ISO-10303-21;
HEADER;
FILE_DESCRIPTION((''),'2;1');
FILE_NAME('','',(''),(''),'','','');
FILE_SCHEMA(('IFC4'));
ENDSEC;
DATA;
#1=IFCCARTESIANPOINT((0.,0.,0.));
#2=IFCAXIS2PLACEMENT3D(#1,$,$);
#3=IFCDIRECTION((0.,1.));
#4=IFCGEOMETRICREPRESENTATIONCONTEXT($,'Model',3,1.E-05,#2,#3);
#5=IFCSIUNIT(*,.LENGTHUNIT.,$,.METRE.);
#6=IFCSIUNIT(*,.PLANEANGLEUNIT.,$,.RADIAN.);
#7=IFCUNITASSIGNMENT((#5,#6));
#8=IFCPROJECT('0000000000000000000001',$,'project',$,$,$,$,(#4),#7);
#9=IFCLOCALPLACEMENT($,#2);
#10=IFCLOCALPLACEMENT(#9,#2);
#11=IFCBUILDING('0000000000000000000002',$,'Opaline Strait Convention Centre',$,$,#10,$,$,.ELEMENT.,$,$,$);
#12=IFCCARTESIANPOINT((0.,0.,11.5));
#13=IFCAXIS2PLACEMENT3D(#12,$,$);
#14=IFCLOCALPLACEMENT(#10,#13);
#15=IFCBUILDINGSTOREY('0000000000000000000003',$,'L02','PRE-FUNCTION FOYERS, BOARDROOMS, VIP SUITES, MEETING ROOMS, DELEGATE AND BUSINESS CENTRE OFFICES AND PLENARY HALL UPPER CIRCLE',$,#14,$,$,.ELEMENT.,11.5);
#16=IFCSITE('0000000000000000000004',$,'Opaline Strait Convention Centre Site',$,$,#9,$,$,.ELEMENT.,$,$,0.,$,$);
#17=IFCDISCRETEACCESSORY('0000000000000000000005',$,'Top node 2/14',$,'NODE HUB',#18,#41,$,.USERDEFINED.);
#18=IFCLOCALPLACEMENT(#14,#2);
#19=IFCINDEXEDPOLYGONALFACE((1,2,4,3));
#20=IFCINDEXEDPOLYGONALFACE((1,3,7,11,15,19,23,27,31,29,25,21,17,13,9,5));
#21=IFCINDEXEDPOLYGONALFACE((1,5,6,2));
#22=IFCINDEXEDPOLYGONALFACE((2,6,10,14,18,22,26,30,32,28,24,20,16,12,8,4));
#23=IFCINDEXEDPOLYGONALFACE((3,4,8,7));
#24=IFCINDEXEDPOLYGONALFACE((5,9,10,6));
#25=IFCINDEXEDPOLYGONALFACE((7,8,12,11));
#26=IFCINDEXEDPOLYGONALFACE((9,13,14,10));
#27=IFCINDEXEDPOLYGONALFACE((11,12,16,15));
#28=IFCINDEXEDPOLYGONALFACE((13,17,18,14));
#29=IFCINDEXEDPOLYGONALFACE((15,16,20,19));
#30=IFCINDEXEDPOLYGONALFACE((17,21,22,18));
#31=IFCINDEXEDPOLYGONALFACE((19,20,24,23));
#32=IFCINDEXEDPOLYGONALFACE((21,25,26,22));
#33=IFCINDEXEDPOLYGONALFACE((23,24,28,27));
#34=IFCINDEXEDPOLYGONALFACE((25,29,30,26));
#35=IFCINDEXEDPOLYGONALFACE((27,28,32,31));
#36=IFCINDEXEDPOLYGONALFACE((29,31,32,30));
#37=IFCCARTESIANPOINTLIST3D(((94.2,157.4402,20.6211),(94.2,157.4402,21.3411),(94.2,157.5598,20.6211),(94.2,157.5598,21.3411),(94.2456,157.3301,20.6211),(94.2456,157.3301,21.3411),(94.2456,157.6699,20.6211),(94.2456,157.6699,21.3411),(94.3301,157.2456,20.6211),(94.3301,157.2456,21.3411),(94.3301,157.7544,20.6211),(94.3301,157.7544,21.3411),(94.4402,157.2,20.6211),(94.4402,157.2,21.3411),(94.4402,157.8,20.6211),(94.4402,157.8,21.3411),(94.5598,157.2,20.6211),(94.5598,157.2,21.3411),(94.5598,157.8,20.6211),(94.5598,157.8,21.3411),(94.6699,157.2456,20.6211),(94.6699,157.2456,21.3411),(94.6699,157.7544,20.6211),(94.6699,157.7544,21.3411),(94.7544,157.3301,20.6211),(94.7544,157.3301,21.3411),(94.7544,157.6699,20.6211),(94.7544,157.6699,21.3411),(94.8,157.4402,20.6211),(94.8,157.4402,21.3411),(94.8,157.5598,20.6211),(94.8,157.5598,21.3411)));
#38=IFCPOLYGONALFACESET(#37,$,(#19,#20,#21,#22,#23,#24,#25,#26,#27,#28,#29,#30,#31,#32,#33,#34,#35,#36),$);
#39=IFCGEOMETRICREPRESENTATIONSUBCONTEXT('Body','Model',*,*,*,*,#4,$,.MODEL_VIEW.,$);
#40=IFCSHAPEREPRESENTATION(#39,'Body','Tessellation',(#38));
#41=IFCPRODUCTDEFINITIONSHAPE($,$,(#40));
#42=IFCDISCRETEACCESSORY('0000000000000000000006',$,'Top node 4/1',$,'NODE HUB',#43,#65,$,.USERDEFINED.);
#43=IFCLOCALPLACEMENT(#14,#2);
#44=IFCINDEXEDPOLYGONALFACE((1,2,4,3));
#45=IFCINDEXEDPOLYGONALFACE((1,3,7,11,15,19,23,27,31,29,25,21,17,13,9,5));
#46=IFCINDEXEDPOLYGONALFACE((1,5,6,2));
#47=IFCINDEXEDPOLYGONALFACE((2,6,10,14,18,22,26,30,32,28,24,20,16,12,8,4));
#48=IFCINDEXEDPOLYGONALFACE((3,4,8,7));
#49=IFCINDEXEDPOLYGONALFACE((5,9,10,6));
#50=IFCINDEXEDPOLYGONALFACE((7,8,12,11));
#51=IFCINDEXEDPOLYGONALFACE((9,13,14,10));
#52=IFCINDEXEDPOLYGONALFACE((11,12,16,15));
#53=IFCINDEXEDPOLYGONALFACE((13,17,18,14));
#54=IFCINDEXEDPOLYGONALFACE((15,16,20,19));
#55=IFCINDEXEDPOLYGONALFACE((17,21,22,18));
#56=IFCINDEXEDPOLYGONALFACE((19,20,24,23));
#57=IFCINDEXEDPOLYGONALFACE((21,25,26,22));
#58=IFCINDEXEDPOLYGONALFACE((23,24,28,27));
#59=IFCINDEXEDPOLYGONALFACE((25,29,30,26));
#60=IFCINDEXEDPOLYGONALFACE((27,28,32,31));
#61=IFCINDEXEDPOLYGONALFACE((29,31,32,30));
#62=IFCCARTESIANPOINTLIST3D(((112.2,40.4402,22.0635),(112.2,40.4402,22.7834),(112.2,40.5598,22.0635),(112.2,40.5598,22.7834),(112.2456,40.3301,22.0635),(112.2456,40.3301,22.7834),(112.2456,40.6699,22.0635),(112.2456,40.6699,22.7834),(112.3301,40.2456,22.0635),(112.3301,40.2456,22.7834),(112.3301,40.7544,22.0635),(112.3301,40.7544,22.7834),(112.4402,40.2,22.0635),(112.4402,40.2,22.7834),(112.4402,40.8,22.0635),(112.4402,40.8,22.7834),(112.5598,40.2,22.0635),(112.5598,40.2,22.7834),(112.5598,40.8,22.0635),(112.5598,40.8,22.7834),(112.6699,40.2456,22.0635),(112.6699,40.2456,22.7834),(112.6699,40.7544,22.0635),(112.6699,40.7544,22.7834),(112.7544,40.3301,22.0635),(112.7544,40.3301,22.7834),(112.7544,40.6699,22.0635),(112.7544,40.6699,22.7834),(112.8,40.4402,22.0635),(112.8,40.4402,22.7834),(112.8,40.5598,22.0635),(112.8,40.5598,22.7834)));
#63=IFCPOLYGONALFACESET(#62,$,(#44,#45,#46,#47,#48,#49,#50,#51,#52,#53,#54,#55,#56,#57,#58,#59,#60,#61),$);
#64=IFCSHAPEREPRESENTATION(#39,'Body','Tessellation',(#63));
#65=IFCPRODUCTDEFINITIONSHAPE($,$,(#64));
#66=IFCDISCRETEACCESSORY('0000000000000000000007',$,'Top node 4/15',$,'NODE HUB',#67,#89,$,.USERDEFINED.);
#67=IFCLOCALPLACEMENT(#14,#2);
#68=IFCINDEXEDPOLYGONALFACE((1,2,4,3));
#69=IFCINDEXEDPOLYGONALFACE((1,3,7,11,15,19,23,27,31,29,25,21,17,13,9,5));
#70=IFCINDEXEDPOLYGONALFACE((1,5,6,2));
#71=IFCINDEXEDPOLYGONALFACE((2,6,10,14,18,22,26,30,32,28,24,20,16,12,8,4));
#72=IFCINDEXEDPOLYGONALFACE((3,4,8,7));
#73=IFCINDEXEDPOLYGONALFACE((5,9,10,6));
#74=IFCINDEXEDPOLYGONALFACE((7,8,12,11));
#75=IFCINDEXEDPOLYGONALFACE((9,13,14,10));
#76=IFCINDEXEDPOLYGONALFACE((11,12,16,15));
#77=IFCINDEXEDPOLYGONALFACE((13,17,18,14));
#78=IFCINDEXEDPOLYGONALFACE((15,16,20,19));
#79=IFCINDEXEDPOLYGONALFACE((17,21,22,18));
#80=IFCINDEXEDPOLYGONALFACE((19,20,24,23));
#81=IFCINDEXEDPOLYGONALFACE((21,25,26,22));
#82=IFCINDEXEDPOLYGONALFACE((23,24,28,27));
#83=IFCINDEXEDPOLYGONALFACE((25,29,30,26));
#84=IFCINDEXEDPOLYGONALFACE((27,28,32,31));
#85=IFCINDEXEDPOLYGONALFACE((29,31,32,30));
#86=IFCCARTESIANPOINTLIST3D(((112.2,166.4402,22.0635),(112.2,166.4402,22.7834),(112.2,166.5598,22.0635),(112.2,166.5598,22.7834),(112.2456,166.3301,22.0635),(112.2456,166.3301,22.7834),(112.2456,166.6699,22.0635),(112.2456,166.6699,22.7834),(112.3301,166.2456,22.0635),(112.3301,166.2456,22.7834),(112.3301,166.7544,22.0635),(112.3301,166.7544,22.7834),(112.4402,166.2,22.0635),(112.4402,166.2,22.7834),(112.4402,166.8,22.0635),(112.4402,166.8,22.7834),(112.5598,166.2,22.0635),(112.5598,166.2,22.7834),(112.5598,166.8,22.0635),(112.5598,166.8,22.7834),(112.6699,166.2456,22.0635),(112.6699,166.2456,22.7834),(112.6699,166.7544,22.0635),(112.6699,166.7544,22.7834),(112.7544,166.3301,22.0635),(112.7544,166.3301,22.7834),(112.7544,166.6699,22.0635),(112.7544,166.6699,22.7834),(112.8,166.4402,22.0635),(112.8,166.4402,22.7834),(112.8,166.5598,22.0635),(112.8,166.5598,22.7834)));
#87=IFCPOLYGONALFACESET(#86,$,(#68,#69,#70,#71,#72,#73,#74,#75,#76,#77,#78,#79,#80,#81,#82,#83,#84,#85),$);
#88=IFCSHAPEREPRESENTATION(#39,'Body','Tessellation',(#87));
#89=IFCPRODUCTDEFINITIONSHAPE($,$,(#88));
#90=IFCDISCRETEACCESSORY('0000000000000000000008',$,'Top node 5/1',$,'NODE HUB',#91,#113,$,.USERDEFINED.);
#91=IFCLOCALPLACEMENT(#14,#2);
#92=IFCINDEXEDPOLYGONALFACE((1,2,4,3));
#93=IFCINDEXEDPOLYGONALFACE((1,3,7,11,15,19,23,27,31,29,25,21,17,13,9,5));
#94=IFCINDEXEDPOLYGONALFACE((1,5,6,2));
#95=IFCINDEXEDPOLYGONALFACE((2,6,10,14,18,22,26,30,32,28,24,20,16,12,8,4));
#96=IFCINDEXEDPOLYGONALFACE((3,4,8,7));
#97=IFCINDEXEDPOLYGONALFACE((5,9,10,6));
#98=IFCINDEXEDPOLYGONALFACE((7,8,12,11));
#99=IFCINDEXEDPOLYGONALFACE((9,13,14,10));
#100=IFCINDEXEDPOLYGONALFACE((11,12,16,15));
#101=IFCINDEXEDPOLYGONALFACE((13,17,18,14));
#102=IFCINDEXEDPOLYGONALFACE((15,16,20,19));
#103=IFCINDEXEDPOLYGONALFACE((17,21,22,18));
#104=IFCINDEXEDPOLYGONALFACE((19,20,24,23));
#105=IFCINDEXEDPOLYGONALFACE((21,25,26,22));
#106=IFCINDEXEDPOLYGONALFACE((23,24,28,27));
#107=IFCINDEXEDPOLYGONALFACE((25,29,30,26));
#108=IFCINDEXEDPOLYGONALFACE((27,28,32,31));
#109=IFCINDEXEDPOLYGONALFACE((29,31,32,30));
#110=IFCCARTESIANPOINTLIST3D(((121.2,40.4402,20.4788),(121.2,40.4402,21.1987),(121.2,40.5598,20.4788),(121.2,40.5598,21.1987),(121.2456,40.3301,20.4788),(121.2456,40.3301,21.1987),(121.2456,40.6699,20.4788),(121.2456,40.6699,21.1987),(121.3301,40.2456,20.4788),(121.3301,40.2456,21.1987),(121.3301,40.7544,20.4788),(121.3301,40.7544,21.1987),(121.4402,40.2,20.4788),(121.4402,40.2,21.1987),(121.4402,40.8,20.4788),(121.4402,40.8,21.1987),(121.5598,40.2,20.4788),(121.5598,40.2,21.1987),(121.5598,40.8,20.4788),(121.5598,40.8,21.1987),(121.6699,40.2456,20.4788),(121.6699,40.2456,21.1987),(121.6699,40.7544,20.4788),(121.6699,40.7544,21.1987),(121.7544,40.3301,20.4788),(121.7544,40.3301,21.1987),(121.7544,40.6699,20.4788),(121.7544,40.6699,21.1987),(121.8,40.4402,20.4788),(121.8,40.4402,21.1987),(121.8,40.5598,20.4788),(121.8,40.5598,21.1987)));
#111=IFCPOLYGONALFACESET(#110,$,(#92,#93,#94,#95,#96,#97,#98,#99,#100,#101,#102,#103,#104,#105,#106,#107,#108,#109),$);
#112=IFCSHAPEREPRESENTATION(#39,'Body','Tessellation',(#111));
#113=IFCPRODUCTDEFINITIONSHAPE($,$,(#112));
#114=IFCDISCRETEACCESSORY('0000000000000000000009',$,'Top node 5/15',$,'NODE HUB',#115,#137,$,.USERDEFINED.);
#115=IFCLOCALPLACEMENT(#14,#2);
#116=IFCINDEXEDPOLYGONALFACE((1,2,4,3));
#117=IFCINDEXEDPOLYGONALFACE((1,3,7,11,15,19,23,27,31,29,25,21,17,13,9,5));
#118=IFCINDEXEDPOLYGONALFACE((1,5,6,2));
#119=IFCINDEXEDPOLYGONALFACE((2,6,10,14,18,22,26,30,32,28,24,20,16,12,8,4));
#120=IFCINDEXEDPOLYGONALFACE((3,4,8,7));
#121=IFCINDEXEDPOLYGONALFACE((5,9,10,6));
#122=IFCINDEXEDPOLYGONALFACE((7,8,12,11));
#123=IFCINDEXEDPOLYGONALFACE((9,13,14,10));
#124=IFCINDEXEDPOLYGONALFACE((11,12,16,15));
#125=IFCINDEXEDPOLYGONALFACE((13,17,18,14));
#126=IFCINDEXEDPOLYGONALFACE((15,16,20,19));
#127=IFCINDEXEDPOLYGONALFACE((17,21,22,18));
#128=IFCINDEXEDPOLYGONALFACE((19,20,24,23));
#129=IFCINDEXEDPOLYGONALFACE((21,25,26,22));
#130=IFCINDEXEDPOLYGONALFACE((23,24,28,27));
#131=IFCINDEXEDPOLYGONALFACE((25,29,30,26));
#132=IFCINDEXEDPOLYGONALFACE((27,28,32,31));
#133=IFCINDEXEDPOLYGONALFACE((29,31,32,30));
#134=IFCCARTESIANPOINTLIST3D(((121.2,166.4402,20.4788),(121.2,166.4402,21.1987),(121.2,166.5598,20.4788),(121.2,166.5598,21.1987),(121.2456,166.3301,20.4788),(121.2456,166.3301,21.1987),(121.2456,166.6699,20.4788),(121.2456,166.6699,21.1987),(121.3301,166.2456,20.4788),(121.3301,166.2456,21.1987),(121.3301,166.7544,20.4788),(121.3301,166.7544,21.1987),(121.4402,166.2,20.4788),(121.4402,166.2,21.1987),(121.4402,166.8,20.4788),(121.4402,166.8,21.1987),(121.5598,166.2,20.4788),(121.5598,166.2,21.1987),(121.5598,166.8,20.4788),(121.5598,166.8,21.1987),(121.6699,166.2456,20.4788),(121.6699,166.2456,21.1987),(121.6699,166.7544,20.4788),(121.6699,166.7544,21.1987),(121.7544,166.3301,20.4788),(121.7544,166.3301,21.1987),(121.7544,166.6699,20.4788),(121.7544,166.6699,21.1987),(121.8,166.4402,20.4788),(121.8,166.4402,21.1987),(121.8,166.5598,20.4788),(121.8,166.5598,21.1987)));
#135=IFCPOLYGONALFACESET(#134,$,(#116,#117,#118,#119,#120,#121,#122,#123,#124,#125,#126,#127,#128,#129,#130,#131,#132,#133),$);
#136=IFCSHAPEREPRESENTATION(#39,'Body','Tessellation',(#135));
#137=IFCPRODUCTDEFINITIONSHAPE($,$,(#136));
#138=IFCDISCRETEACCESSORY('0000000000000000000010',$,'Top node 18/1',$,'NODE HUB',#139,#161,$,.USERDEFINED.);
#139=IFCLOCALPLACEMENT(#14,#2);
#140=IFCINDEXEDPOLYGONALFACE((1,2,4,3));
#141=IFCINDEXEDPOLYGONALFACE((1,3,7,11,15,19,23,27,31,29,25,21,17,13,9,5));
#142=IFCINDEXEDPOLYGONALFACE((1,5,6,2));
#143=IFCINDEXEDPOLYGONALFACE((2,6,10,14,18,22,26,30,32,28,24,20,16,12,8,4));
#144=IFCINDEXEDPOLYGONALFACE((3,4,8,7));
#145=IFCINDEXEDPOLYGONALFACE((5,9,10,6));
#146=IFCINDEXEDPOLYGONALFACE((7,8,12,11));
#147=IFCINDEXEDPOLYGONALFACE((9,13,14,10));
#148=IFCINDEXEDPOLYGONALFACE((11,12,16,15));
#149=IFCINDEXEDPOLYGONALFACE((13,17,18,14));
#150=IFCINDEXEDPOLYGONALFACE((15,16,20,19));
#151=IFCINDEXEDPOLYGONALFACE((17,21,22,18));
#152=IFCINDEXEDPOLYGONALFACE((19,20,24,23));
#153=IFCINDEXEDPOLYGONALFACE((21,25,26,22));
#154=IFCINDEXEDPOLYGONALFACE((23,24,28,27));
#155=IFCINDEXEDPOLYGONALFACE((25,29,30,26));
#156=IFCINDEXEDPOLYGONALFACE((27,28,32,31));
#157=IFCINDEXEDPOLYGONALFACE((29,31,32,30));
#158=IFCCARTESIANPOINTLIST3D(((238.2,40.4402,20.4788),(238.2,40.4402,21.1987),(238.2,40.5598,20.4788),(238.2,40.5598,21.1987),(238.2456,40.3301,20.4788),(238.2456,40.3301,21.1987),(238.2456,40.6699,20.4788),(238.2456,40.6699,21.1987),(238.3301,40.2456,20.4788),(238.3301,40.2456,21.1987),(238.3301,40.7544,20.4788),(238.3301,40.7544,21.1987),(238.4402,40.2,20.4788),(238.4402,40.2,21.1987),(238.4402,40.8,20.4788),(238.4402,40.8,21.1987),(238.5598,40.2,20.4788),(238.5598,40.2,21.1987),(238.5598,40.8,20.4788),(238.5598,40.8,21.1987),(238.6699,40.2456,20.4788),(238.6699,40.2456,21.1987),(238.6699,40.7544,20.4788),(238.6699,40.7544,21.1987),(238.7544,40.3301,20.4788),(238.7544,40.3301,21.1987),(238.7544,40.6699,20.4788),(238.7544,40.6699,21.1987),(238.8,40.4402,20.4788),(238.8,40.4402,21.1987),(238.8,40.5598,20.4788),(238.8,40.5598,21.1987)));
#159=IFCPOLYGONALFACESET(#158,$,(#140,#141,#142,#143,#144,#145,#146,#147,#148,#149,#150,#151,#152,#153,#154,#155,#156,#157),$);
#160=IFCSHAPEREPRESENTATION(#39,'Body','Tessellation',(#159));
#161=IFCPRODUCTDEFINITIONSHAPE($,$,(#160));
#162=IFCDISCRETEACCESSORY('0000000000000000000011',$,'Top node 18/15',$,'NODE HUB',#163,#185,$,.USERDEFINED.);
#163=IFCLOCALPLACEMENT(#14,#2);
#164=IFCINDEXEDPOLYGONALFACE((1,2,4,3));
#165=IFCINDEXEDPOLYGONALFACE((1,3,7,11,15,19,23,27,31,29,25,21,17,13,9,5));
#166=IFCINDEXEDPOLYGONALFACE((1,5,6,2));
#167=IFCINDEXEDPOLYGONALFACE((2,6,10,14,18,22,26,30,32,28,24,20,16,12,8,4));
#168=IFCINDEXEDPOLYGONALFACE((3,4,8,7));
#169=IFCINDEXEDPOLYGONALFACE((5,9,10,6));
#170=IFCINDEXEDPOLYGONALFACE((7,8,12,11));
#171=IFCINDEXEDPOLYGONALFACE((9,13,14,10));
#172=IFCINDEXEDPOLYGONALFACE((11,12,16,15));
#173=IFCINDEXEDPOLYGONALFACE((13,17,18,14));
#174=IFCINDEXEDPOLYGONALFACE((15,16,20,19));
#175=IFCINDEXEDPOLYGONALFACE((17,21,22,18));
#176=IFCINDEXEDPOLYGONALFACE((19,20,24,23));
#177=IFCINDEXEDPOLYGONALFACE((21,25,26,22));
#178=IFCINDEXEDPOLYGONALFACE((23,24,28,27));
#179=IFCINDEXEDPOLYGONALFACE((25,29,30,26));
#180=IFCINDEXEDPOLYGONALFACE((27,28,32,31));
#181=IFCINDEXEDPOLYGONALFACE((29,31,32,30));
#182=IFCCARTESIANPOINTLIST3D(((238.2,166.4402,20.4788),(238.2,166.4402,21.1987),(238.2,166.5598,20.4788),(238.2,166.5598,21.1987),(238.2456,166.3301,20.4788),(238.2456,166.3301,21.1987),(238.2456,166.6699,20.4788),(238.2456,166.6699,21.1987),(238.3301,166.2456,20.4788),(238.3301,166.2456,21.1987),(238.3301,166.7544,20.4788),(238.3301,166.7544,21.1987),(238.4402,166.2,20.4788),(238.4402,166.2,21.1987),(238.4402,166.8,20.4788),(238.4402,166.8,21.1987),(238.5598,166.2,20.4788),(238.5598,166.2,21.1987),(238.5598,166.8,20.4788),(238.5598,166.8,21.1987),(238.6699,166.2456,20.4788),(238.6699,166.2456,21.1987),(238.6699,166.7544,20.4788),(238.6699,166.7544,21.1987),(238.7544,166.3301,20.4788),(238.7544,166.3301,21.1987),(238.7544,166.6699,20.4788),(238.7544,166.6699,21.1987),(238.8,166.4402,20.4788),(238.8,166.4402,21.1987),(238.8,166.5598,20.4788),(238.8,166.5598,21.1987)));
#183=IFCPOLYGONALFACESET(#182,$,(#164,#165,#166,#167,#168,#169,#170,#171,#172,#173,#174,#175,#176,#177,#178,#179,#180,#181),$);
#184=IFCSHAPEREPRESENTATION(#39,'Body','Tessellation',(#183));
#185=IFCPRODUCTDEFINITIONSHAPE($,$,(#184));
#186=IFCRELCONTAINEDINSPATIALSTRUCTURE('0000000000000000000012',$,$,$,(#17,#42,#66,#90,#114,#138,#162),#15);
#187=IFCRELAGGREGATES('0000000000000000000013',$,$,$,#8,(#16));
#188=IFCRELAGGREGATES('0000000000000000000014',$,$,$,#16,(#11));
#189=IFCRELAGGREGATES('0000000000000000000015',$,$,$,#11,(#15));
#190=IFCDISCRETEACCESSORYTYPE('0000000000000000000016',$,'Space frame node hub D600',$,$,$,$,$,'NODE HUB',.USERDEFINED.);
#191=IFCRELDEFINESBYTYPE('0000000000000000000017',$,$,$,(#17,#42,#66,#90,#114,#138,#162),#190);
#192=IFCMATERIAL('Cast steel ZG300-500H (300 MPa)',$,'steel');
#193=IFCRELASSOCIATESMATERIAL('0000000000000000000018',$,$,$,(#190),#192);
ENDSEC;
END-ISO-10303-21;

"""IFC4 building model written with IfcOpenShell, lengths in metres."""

from ifc_helpers import new_model, si_unit, direction, frame, origin, place, context, subcontext, project, spatial, polyline, outline, extrude, material, type_object, element, save


model = new_model("IFC4")

# Units and contexts
model_context = context("Model", 3, precision=1e-05, world=origin(), true_north=direction((0.0, 1.0)))
body_context = subcontext(model_context, "Body", "Model", "MODEL_VIEW")
ifc_project = project(units=[si_unit("LENGTHUNIT", "METRE"), si_unit("PLANEANGLEUNIT", "RADIAN")], contexts=[model_context])

# Site, building, storey
site_placement = place(None, origin())
site = spatial("IfcSite", under=ifc_project, at=site_placement, Name="Opaline Strait Convention Centre Site", CompositionType="ELEMENT", RefElevation=0.0)
building_placement = place(site_placement, origin())
building = spatial("IfcBuilding", under=site, at=building_placement, Name="Opaline Strait Convention Centre", CompositionType="ELEMENT")
storey_placement = place(building_placement, frame((0.0, 0.0, 11.5)))
storey = spatial("IfcBuildingStorey", under=building, at=storey_placement, Name="L02", Description="PRE-FUNCTION FOYERS, BOARDROOMS, VIP SUITES, MEETING ROOMS, DELEGATE AND BUSINESS CENTRE OFFICES AND PLENARY HALL UPPER CIRCLE", CompositionType="ELEMENT", Elevation=11.5)

# Discrete accessories
ifc_material = material(Name="Cast steel ZG300-500H (300 MPa)", Category="steel")
discrete_accessory_type_1 = type_object("IfcDiscreteAccessoryType", Name="Space frame node hub D600", ElementType="NODE HUB", PredefinedType="USERDEFINED", material=ifc_material)
discrete_accessory_1_placement = place(storey_placement, frame((0.0, 0.0, 20.6211)))
element("IfcDiscreteAccessory", 1, at=discrete_accessory_1_placement, inside=storey, type_object=discrete_accessory_type_1, Name="Top node 2/14", ObjectType="NODE HUB", PredefinedType="USERDEFINED", context=body_context, shape_type="SweptSolid", body=[
    extrude(outline(polyline([(94.8, 157.5598), (94.7544, 157.6699), (94.6699, 157.7544), (94.5598, 157.8), (94.4402, 157.8), (94.3301, 157.7544), (94.2456, 157.6699), (94.2, 157.5598), (94.2, 157.4402), (94.2456, 157.3301), (94.3301, 157.2456), (94.4402, 157.2), (94.5598, 157.2), (94.6699, 157.2456), (94.7544, 157.3301), (94.8, 157.4402), (94.8, 157.5598)])), origin(), (0.0, 0.0, 1.0), 0.72),
])
discrete_accessory_2_placement = place(storey_placement, frame((0.0, 0.0, 22.0635)))
element("IfcDiscreteAccessory", 2, at=discrete_accessory_2_placement, inside=storey, type_object=discrete_accessory_type_1, Name="Top node 4/1", ObjectType="NODE HUB", PredefinedType="USERDEFINED", context=body_context, shape_type="SweptSolid", body=[
    extrude(outline(polyline([(112.8, 40.5598), (112.7544, 40.6699), (112.6699, 40.7544), (112.5598, 40.8), (112.4402, 40.8), (112.3301, 40.7544), (112.2456, 40.6699), (112.2, 40.5598), (112.2, 40.4402), (112.2456, 40.3301), (112.3301, 40.2456), (112.4402, 40.2), (112.5598, 40.2), (112.6699, 40.2456), (112.7544, 40.3301), (112.8, 40.4402), (112.8, 40.5598)])), origin(), (0.0, 0.0, 1.0), 0.72),
])
discrete_accessory_3_placement = place(storey_placement, frame((0.0, 0.0, 22.0635)))
element("IfcDiscreteAccessory", 3, at=discrete_accessory_3_placement, inside=storey, type_object=discrete_accessory_type_1, Name="Top node 4/15", ObjectType="NODE HUB", PredefinedType="USERDEFINED", context=body_context, shape_type="SweptSolid", body=[
    extrude(outline(polyline([(112.8, 166.5598), (112.7544, 166.6699), (112.6699, 166.7544), (112.5598, 166.8), (112.4402, 166.8), (112.3301, 166.7544), (112.2456, 166.6699), (112.2, 166.5598), (112.2, 166.4402), (112.2456, 166.3301), (112.3301, 166.2456), (112.4402, 166.2), (112.5598, 166.2), (112.6699, 166.2456), (112.7544, 166.3301), (112.8, 166.4402), (112.8, 166.5598)])), origin(), (0.0, 0.0, 1.0), 0.72),
])
discrete_accessory_4_placement = place(storey_placement, frame((0.0, 0.0, 20.4788)))
element("IfcDiscreteAccessory", 4, at=discrete_accessory_4_placement, inside=storey, type_object=discrete_accessory_type_1, Name="Top node 5/1", ObjectType="NODE HUB", PredefinedType="USERDEFINED", context=body_context, shape_type="SweptSolid", body=[
    extrude(outline(polyline([(121.8, 40.5598), (121.7544, 40.6699), (121.6699, 40.7544), (121.5598, 40.8), (121.4402, 40.8), (121.3301, 40.7544), (121.2456, 40.6699), (121.2, 40.5598), (121.2, 40.4402), (121.2456, 40.3301), (121.3301, 40.2456), (121.4402, 40.2), (121.5598, 40.2), (121.6699, 40.2456), (121.7544, 40.3301), (121.8, 40.4402), (121.8, 40.5598)])), origin(), (0.0, 0.0, 1.0), 0.72),
])
discrete_accessory_5_placement = place(storey_placement, frame((0.0, 0.0, 20.4788)))
element("IfcDiscreteAccessory", 5, at=discrete_accessory_5_placement, inside=storey, type_object=discrete_accessory_type_1, Name="Top node 5/15", ObjectType="NODE HUB", PredefinedType="USERDEFINED", context=body_context, shape_type="SweptSolid", body=[
    extrude(outline(polyline([(121.8, 166.5598), (121.7544, 166.6699), (121.6699, 166.7544), (121.5598, 166.8), (121.4402, 166.8), (121.3301, 166.7544), (121.2456, 166.6699), (121.2, 166.5598), (121.2, 166.4402), (121.2456, 166.3301), (121.3301, 166.2456), (121.4402, 166.2), (121.5598, 166.2), (121.6699, 166.2456), (121.7544, 166.3301), (121.8, 166.4402), (121.8, 166.5598)])), origin(), (0.0, 0.0, 1.0), 0.72),
])
discrete_accessory_6_placement = place(storey_placement, frame((0.0, 0.0, 20.4788)))
element("IfcDiscreteAccessory", 6, at=discrete_accessory_6_placement, inside=storey, type_object=discrete_accessory_type_1, Name="Top node 18/1", ObjectType="NODE HUB", PredefinedType="USERDEFINED", context=body_context, shape_type="SweptSolid", body=[
    extrude(outline(polyline([(238.8, 40.5598), (238.7544, 40.6699), (238.6699, 40.7544), (238.5598, 40.8), (238.4402, 40.8), (238.3301, 40.7544), (238.2456, 40.6699), (238.2, 40.5598), (238.2, 40.4402), (238.2456, 40.3301), (238.3301, 40.2456), (238.4402, 40.2), (238.5598, 40.2), (238.6699, 40.2456), (238.7544, 40.3301), (238.8, 40.4402), (238.8, 40.5598)])), origin(), (0.0, 0.0, 1.0), 0.72),
])
discrete_accessory_7_placement = place(storey_placement, frame((0.0, 0.0, 20.4788)))
element("IfcDiscreteAccessory", 7, at=discrete_accessory_7_placement, inside=storey, type_object=discrete_accessory_type_1, Name="Top node 18/15", ObjectType="NODE HUB", PredefinedType="USERDEFINED", context=body_context, shape_type="SweptSolid", body=[
    extrude(outline(polyline([(238.8, 166.5598), (238.7544, 166.6699), (238.6699, 166.7544), (238.5598, 166.8), (238.4402, 166.8), (238.3301, 166.7544), (238.2456, 166.6699), (238.2, 166.5598), (238.2, 166.4402), (238.2456, 166.3301), (238.3301, 166.2456), (238.4402, 166.2), (238.5598, 166.2), (238.6699, 166.2456), (238.7544, 166.3301), (238.8, 166.4402), (238.8, 166.5598)])), origin(), (0.0, 0.0, 1.0), 0.72),
])

save(model, "model.ifc")
